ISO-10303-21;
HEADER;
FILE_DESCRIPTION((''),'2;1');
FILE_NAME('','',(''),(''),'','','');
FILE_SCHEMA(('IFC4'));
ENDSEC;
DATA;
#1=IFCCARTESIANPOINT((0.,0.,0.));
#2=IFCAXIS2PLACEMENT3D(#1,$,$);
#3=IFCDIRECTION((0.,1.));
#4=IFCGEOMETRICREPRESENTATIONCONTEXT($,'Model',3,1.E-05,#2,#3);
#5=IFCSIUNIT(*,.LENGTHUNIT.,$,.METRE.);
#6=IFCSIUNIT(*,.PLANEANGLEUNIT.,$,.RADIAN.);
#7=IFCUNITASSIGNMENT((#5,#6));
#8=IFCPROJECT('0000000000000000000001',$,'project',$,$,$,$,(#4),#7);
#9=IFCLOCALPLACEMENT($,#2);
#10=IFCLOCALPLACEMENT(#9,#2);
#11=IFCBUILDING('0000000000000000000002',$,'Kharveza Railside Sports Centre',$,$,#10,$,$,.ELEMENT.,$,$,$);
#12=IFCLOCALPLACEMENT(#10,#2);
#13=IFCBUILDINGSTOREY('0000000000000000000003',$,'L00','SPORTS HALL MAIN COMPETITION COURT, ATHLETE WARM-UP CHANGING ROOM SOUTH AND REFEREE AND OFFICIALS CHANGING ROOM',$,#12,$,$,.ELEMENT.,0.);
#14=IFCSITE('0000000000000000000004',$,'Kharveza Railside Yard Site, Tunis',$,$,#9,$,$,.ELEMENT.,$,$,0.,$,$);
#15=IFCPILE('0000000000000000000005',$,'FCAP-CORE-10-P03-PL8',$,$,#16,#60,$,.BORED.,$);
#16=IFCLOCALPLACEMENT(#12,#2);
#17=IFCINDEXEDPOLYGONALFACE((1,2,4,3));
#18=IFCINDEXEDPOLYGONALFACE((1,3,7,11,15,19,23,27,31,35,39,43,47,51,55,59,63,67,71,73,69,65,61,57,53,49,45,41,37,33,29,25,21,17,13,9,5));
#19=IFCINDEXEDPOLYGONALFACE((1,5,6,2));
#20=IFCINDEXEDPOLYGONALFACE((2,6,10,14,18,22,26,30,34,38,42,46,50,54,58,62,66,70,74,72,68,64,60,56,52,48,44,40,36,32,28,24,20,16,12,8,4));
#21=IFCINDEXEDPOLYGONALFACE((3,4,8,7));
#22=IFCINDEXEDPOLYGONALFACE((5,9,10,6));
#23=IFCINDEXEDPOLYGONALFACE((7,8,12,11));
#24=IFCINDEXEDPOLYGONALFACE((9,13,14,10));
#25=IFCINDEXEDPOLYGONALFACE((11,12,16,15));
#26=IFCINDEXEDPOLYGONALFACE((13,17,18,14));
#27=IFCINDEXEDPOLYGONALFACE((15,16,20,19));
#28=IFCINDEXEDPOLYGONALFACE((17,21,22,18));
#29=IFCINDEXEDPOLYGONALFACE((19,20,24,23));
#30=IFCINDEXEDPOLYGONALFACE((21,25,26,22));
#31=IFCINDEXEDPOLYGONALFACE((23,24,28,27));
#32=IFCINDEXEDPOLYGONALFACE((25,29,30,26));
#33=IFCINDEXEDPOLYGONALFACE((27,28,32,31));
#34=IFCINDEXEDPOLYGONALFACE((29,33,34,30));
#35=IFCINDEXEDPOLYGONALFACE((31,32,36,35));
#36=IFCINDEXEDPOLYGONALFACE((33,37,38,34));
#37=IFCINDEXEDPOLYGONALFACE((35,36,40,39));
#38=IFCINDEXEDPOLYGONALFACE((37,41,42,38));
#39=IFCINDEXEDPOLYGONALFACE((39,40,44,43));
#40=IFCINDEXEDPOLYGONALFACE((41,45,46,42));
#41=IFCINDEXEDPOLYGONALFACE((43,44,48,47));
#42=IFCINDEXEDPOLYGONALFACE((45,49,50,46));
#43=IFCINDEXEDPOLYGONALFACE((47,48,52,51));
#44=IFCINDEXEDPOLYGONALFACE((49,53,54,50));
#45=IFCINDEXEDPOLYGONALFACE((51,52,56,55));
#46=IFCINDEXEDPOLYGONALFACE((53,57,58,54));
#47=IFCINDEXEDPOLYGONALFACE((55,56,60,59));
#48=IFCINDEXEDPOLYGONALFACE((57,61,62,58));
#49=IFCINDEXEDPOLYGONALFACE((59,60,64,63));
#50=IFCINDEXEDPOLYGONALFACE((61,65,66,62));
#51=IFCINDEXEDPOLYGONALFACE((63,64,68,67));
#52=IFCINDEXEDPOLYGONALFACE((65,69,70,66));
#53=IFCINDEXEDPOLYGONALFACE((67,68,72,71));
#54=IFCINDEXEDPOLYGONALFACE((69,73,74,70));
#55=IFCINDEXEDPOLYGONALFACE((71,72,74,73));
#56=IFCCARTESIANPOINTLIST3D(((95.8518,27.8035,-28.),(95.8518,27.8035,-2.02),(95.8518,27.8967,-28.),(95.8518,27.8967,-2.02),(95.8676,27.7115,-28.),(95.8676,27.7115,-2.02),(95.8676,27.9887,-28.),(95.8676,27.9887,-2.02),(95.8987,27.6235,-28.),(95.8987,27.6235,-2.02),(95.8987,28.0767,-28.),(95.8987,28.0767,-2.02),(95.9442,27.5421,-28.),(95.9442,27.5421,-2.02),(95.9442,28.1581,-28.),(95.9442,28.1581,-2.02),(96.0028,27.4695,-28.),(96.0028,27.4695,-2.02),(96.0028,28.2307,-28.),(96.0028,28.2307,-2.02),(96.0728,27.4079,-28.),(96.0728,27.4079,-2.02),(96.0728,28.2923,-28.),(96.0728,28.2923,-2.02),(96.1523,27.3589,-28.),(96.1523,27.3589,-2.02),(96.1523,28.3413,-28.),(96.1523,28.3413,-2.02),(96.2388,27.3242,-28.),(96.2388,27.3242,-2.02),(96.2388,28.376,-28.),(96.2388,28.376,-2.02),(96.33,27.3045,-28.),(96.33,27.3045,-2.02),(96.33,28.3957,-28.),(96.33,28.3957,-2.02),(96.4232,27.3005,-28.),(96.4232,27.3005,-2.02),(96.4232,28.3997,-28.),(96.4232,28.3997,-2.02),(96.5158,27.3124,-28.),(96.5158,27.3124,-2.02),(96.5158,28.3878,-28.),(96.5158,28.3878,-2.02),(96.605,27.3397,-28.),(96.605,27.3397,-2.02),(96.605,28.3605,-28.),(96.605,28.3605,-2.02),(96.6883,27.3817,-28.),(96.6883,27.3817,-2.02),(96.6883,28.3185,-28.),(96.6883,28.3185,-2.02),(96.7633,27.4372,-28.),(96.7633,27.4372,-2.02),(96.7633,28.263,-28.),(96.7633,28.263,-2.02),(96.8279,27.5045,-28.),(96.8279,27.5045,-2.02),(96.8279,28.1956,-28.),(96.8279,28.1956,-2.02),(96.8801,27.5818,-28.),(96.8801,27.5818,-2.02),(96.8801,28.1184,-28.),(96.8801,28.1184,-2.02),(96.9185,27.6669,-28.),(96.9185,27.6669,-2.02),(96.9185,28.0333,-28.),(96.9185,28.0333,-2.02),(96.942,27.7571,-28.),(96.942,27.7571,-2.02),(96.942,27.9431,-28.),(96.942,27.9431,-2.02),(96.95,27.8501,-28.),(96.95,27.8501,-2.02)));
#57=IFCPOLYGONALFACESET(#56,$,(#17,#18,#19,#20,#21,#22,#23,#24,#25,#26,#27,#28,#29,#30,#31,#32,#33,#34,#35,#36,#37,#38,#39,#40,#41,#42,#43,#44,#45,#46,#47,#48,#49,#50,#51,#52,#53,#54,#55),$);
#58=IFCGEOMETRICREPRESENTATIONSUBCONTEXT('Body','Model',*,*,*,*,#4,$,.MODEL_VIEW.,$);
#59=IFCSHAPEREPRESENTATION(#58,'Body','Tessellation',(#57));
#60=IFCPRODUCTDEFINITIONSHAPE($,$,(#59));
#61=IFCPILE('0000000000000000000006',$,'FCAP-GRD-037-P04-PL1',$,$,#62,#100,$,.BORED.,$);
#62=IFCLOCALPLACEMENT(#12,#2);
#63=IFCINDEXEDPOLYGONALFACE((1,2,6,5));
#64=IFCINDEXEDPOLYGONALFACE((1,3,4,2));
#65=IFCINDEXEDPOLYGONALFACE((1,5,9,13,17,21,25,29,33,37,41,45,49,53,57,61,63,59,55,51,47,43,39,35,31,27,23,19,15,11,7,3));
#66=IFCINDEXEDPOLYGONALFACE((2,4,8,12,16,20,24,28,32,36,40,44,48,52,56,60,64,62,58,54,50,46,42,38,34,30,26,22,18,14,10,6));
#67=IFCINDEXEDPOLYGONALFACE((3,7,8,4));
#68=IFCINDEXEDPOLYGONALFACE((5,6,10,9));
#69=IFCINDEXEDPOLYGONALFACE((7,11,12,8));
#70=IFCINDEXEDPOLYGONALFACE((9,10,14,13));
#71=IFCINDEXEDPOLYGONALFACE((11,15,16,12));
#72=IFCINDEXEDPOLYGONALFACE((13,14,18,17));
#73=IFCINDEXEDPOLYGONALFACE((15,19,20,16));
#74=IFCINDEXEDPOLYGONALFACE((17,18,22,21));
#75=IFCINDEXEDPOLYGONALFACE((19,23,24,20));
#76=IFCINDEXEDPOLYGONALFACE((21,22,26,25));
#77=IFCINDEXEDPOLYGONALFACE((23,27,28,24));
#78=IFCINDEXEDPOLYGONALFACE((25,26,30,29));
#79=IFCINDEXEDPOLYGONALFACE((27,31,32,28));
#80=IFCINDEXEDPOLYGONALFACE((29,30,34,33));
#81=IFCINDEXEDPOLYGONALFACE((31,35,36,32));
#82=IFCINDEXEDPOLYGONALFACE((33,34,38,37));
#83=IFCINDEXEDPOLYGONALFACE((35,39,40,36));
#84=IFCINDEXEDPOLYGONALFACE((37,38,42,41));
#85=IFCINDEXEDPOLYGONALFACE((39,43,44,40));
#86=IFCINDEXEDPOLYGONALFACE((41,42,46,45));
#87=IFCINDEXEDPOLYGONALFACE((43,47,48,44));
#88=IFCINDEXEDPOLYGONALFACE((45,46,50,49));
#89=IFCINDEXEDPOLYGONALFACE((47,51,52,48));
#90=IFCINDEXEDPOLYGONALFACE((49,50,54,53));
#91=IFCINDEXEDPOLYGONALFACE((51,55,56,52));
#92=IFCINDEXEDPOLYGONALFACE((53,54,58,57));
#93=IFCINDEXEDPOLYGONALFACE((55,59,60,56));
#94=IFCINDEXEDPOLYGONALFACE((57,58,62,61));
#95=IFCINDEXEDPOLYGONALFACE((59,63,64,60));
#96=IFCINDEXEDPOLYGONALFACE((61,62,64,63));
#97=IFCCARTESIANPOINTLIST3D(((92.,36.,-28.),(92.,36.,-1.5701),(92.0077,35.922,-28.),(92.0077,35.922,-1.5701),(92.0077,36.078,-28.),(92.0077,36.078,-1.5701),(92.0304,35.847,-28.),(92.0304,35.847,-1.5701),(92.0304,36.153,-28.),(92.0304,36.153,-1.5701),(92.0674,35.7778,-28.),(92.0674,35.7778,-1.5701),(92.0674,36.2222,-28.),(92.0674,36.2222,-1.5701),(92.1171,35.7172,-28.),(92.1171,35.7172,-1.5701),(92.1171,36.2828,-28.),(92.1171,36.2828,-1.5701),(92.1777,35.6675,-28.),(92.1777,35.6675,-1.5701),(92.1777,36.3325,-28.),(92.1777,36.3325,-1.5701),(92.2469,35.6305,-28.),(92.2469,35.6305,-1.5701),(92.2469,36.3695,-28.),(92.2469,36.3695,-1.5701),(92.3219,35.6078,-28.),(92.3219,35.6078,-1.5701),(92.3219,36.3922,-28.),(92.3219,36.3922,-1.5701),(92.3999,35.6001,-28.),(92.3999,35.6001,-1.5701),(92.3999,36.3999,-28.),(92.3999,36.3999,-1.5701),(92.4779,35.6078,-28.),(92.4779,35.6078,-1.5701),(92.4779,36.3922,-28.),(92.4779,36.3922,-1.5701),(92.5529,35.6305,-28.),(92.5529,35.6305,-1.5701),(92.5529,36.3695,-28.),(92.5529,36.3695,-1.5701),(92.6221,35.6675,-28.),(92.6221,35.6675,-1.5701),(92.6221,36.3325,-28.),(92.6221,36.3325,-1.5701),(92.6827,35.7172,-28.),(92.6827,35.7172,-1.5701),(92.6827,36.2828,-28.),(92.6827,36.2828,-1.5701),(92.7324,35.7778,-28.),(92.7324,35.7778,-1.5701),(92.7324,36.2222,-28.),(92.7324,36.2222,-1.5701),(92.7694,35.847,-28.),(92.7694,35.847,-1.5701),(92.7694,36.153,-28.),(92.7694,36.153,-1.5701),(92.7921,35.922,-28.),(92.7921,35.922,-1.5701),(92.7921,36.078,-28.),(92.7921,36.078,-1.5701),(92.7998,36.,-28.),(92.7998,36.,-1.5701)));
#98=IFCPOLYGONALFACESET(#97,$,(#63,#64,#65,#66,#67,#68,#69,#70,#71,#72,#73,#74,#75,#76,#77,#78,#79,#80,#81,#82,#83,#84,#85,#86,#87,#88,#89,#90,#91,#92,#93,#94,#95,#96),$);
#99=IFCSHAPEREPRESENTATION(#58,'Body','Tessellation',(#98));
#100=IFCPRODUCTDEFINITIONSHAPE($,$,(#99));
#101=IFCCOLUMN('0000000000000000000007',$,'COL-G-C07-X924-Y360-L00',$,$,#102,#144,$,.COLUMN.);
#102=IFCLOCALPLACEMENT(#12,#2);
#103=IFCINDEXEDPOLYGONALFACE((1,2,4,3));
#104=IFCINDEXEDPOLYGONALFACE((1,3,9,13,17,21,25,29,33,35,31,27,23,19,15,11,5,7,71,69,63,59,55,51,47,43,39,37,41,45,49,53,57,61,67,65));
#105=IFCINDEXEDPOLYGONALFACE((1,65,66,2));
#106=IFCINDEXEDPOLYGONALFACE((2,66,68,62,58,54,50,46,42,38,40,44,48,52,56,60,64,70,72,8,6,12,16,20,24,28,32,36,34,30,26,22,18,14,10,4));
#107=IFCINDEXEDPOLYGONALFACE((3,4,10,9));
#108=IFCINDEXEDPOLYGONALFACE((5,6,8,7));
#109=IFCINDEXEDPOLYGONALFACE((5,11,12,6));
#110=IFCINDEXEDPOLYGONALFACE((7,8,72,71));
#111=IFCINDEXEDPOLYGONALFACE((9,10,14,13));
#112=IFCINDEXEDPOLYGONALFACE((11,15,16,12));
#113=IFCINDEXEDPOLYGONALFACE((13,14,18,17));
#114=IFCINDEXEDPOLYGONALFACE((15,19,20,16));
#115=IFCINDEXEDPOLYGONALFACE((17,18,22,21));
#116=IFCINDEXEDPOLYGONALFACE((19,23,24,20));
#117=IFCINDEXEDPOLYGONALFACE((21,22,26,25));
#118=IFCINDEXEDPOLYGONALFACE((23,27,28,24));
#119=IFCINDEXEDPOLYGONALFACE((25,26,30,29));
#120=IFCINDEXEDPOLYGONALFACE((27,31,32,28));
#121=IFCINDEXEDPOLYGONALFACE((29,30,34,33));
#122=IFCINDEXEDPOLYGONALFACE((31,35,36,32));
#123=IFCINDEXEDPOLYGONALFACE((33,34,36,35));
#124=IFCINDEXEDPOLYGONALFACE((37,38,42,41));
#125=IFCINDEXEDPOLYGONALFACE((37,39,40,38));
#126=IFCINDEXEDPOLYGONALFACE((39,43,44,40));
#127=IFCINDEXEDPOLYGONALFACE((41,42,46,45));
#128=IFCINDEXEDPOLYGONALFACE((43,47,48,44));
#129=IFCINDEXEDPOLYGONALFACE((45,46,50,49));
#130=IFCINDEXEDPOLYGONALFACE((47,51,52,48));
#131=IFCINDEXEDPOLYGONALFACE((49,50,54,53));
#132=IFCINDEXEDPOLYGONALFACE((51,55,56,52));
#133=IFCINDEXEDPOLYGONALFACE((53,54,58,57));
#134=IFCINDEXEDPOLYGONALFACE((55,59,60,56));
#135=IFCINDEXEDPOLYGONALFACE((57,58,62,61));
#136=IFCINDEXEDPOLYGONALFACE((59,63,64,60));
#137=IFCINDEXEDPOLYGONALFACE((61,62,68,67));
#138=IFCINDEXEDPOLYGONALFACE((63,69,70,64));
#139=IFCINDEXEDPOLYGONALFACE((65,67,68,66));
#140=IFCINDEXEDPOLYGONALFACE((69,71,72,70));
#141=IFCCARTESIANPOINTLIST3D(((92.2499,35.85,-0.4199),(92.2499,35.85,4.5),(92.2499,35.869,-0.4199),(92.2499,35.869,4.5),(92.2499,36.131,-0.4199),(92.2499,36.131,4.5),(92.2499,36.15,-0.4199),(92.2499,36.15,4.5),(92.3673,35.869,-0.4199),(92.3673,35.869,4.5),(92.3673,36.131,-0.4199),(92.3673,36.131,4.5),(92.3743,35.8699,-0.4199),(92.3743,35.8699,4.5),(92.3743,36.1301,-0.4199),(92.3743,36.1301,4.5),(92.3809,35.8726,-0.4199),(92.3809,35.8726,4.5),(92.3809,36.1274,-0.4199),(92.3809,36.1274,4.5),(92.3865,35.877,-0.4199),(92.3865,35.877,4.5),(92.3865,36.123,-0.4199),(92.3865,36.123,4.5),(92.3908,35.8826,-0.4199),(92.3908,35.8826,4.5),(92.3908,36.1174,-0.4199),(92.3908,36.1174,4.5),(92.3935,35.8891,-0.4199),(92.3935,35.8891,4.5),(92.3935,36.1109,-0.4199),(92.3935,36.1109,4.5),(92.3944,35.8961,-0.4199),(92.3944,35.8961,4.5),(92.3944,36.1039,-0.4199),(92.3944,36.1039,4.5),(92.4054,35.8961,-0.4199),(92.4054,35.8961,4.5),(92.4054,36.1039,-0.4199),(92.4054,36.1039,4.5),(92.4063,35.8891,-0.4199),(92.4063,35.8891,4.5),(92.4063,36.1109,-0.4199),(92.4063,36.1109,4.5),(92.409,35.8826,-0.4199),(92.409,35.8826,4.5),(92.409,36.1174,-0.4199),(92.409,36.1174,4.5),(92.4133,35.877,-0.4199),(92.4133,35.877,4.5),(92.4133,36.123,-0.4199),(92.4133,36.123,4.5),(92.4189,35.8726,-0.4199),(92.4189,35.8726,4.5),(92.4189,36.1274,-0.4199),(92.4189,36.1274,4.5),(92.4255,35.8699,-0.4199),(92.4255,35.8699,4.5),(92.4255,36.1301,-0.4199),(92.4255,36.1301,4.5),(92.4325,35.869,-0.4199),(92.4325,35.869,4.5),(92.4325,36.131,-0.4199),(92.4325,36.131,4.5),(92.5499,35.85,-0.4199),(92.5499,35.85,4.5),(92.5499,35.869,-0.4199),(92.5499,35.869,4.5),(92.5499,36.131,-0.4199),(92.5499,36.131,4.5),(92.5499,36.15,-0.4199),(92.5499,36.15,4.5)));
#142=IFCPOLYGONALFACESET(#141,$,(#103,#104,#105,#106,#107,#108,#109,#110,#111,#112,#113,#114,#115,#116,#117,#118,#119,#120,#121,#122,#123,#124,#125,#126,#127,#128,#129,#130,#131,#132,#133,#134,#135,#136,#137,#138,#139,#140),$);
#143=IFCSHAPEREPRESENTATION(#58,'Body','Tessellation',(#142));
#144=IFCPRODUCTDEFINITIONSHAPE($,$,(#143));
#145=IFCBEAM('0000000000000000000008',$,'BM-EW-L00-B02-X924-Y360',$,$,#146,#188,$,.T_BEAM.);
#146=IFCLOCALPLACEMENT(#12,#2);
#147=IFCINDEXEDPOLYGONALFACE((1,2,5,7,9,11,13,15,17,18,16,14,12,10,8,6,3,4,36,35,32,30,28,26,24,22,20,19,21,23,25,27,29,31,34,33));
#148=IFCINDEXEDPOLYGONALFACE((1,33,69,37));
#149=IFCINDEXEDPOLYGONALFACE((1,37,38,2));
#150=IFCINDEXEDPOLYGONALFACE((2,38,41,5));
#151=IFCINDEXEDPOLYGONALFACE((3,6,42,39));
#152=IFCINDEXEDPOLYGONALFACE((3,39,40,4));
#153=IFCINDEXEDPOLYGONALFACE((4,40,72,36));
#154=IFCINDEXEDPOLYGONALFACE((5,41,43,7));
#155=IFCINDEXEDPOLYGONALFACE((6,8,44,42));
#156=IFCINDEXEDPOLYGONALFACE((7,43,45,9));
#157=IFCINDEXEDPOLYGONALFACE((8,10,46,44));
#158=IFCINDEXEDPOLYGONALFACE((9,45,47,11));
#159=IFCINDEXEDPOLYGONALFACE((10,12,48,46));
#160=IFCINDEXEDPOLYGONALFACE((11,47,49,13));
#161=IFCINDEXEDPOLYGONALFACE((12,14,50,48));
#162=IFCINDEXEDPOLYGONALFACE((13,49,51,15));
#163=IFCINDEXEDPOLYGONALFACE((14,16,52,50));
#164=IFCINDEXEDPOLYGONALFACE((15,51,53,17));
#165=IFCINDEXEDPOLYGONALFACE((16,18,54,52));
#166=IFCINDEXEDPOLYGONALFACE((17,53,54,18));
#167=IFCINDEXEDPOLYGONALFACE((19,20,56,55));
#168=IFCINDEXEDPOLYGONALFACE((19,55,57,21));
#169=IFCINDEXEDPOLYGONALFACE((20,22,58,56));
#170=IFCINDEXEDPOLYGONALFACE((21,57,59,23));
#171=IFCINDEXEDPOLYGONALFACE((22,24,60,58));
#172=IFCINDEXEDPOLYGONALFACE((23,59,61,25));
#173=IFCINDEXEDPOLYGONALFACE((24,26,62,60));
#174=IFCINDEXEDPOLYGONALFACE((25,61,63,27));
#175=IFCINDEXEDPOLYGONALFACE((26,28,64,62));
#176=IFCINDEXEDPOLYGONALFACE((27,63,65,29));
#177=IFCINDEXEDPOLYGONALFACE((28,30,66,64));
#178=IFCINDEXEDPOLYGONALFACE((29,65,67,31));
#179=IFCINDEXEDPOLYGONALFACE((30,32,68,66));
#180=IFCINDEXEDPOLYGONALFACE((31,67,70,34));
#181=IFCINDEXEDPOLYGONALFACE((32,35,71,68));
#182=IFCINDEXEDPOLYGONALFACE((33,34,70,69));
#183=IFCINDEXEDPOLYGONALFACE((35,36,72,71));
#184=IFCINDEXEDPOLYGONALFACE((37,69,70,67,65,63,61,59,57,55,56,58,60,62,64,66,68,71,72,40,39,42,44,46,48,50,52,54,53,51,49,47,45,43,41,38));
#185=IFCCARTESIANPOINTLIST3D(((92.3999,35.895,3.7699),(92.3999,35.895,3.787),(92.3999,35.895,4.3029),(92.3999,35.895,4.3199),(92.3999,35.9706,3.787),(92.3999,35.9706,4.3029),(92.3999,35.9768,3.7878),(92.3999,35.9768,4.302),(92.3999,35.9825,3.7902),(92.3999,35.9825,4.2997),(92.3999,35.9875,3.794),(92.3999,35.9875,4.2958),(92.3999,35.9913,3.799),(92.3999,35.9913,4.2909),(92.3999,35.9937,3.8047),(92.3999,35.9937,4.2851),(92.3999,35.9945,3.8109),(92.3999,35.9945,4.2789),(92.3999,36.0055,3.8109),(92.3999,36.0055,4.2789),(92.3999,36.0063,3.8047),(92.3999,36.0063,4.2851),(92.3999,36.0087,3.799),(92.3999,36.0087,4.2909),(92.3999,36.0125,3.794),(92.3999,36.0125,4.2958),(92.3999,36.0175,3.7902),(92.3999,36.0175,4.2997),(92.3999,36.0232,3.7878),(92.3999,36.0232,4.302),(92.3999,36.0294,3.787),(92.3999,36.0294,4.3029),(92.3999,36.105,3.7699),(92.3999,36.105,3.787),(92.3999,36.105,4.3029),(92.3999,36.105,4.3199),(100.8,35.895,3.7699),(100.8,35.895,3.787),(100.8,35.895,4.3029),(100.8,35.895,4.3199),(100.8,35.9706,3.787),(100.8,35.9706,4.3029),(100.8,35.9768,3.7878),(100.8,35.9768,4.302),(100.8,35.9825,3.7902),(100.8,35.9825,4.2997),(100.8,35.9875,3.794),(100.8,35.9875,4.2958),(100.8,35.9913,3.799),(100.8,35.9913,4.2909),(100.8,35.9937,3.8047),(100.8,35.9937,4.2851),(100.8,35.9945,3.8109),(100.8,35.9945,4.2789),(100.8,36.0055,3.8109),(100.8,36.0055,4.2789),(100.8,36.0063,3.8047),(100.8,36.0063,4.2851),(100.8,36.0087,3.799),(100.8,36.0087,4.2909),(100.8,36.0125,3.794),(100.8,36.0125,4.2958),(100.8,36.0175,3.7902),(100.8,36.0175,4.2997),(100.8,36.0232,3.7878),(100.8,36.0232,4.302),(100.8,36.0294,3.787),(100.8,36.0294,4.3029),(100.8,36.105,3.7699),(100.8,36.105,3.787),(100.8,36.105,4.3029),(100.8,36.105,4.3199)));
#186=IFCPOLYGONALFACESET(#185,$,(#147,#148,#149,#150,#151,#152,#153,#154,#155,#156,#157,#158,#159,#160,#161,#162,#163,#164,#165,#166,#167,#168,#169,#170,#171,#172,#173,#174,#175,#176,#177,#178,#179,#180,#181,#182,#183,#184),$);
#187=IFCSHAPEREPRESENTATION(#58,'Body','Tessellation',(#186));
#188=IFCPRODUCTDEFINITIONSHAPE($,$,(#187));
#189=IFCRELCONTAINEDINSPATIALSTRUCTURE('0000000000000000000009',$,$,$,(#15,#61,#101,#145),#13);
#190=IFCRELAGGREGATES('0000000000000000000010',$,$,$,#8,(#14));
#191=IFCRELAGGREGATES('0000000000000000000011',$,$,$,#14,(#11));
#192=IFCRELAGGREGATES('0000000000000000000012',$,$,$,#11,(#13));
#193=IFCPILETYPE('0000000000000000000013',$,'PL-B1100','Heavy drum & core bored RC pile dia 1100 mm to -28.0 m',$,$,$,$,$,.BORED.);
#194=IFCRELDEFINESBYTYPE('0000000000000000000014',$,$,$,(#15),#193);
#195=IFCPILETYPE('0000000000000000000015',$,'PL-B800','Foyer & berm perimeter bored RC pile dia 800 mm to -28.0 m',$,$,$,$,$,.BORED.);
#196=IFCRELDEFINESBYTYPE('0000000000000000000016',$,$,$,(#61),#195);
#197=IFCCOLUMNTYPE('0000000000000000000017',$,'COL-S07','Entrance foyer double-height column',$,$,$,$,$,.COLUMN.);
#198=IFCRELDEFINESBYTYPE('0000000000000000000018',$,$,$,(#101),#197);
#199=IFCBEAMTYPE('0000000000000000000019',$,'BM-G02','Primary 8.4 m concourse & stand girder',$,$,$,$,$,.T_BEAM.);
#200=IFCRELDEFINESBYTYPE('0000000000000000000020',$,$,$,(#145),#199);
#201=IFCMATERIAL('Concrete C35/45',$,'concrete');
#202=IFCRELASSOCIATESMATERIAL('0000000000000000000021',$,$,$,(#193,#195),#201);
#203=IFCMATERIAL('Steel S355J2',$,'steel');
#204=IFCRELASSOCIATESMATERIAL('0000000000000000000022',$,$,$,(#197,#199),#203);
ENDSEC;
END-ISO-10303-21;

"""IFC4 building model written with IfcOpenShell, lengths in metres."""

from ifc_helpers import new_model, si_unit, direction, frame, origin, origin_2d, place, context, subcontext, project, spatial, circle, i_section, extrude, material, material_profile, profile_set, type_object, element, save


model = new_model("IFC4")

# Units and contexts
model_context = context("Model", 3, precision=1e-05, world=origin(), true_north=direction((0.0, 1.0)))
body_context = subcontext(model_context, "Body", "Model", "MODEL_VIEW")
ifc_project = project(units=[si_unit("LENGTHUNIT", "METRE"), si_unit("PLANEANGLEUNIT", "RADIAN")], contexts=[model_context])

# Site, building, storey
site_placement = place(None, origin())
site = spatial("IfcSite", under=ifc_project, at=site_placement, Name="Kharveza Railside Yard Site, Tunis", CompositionType="ELEMENT", RefElevation=0.0)
building_placement = place(site_placement, origin())
building = spatial("IfcBuilding", under=site, at=building_placement, Name="Kharveza Railside Sports Centre", CompositionType="ELEMENT")
storey_placement = place(building_placement, origin())
storey = spatial("IfcBuildingStorey", under=building, at=storey_placement, Name="L00", Description="SPORTS HALL MAIN COMPETITION COURT, ATHLETE WARM-UP CHANGING ROOM SOUTH AND REFEREE AND OFFICIALS CHANGING ROOM", CompositionType="ELEMENT", Elevation=0.0)

# Shared definitions
ifc_material_1 = material(Name="Concrete C35/45", Category="concrete")

# Piles
ifc_material_profile_1 = material_profile(ifc_material_1, circle(Radius=0.55, at=origin_2d()), Name="PILE D1100")
ifc_profile_set_1 = profile_set([ifc_material_profile_1], Name="Concrete C35/45")
pile_type_1 = type_object("IfcPileType", Name="PL-B1100", Description="Heavy drum & core bored RC pile dia 1100 mm to -28.0 m", PredefinedType="BORED", material=ifc_profile_set_1)
for number, where, z_axis, x_axis, name in (
    (1, (96.3999, 27.8501, -2.02), (0.0, 0.0, -1.0), (1.0, 0.0, 0.0), "FCAP-CORE-10-P03-PL8"),
):
    element("IfcPile", number, at=place(storey_placement, frame(where, z_axis=z_axis, x_axis=x_axis)), inside=storey, type_object=pile_type_1, Name=name, PredefinedType="BORED", context=body_context, shape_type="SweptSolid", body=[
        extrude(circle(Radius=0.55, at=origin_2d()), origin(), (0.0, 0.0, 1.0), 25.98),
    ])
ifc_material_profile_2 = material_profile(ifc_material_1, circle(Radius=0.3999, at=origin_2d()), Name="PILE D800")
ifc_profile_set_2 = profile_set([ifc_material_profile_2], Name="Concrete C35/45")
pile_type_2 = type_object("IfcPileType", Name="PL-B800", Description="Foyer & berm perimeter bored RC pile dia 800 mm to -28.0 m", PredefinedType="BORED", material=ifc_profile_set_2)
pile_placement = place(storey_placement, frame((92.3999, 36.0, -1.5701), z_axis=(0.0, 0.0, -1.0), x_axis=(1.0, 0.0, 0.0)))
element("IfcPile", 2, at=pile_placement, inside=storey, type_object=pile_type_2, Name="FCAP-GRD-037-P04-PL1", PredefinedType="BORED", context=body_context, shape_type="SweptSolid", body=[
    extrude(circle(Radius=0.3999, at=origin_2d()), origin(), (0.0, 0.0, 1.0), 26.4299),
])

# Column
ifc_material_2 = material(Name="Steel S355J2", Category="steel")
ifc_material_profile_3 = material_profile(ifc_material_2, i_section(OverallWidth=0.3, OverallDepth=0.3, WebThickness=0.011, FlangeThickness=0.019, FilletRadius=0.0271, at=origin_2d()), Name="HEB 300")
ifc_profile_set_3 = profile_set([ifc_material_profile_3], Name="Steel S355J2")
column_type = type_object("IfcColumnType", Name="COL-S07", Description="Entrance foyer double-height column", PredefinedType="COLUMN", material=ifc_profile_set_3)
column_placement = place(storey_placement, frame((92.3999, 36.0, -0.4199), z_axis=(0.0, 0.0, 1.0), x_axis=(1.0, 0.0, 0.0)))
element("IfcColumn", 3, at=column_placement, inside=storey, type_object=column_type, Name="COL-G-C07-X924-Y360-L00", PredefinedType="COLUMN", context=body_context, shape_type="SweptSolid", body=[
    extrude(i_section(OverallWidth=0.3, OverallDepth=0.3, WebThickness=0.011, FlangeThickness=0.019, FilletRadius=0.0271, at=origin_2d()), origin(), (0.0, 0.0, 1.0), 4.9199),
])

# Beam
ifc_material_profile_4 = material_profile(ifc_material_2, i_section(OverallWidth=0.21, OverallDepth=0.55, WebThickness=0.011, FlangeThickness=0.0171, FilletRadius=0.0239, at=origin_2d()), Name="IPE 550")
ifc_profile_set_4 = profile_set([ifc_material_profile_4], Name="Steel S355J2")
beam_type_1 = type_object("IfcBeamType", Name="BM-G02", Description="Primary 8.4 m concourse & stand girder", PredefinedType="T_BEAM", material=ifc_profile_set_4)
beam_1_placement = place(storey_placement, frame((92.3999, 36.0, 4.0449), z_axis=(1.0, 0.0, 0.0), x_axis=(0.0, 1.0, 0.0)))
element("IfcBeam", 4, at=beam_1_placement, inside=storey, type_object=beam_type_1, Name="BM-EW-L00-B02-X924-Y360", PredefinedType="T_BEAM", context=body_context, shape_type="SweptSolid", body=[
    extrude(i_section(OverallWidth=0.21, OverallDepth=0.55, WebThickness=0.011, FlangeThickness=0.0171, FilletRadius=0.0239, at=origin_2d()), origin(), (0.0, 0.0, 1.0), 8.4001),
])

save(model, "model.ifc")
